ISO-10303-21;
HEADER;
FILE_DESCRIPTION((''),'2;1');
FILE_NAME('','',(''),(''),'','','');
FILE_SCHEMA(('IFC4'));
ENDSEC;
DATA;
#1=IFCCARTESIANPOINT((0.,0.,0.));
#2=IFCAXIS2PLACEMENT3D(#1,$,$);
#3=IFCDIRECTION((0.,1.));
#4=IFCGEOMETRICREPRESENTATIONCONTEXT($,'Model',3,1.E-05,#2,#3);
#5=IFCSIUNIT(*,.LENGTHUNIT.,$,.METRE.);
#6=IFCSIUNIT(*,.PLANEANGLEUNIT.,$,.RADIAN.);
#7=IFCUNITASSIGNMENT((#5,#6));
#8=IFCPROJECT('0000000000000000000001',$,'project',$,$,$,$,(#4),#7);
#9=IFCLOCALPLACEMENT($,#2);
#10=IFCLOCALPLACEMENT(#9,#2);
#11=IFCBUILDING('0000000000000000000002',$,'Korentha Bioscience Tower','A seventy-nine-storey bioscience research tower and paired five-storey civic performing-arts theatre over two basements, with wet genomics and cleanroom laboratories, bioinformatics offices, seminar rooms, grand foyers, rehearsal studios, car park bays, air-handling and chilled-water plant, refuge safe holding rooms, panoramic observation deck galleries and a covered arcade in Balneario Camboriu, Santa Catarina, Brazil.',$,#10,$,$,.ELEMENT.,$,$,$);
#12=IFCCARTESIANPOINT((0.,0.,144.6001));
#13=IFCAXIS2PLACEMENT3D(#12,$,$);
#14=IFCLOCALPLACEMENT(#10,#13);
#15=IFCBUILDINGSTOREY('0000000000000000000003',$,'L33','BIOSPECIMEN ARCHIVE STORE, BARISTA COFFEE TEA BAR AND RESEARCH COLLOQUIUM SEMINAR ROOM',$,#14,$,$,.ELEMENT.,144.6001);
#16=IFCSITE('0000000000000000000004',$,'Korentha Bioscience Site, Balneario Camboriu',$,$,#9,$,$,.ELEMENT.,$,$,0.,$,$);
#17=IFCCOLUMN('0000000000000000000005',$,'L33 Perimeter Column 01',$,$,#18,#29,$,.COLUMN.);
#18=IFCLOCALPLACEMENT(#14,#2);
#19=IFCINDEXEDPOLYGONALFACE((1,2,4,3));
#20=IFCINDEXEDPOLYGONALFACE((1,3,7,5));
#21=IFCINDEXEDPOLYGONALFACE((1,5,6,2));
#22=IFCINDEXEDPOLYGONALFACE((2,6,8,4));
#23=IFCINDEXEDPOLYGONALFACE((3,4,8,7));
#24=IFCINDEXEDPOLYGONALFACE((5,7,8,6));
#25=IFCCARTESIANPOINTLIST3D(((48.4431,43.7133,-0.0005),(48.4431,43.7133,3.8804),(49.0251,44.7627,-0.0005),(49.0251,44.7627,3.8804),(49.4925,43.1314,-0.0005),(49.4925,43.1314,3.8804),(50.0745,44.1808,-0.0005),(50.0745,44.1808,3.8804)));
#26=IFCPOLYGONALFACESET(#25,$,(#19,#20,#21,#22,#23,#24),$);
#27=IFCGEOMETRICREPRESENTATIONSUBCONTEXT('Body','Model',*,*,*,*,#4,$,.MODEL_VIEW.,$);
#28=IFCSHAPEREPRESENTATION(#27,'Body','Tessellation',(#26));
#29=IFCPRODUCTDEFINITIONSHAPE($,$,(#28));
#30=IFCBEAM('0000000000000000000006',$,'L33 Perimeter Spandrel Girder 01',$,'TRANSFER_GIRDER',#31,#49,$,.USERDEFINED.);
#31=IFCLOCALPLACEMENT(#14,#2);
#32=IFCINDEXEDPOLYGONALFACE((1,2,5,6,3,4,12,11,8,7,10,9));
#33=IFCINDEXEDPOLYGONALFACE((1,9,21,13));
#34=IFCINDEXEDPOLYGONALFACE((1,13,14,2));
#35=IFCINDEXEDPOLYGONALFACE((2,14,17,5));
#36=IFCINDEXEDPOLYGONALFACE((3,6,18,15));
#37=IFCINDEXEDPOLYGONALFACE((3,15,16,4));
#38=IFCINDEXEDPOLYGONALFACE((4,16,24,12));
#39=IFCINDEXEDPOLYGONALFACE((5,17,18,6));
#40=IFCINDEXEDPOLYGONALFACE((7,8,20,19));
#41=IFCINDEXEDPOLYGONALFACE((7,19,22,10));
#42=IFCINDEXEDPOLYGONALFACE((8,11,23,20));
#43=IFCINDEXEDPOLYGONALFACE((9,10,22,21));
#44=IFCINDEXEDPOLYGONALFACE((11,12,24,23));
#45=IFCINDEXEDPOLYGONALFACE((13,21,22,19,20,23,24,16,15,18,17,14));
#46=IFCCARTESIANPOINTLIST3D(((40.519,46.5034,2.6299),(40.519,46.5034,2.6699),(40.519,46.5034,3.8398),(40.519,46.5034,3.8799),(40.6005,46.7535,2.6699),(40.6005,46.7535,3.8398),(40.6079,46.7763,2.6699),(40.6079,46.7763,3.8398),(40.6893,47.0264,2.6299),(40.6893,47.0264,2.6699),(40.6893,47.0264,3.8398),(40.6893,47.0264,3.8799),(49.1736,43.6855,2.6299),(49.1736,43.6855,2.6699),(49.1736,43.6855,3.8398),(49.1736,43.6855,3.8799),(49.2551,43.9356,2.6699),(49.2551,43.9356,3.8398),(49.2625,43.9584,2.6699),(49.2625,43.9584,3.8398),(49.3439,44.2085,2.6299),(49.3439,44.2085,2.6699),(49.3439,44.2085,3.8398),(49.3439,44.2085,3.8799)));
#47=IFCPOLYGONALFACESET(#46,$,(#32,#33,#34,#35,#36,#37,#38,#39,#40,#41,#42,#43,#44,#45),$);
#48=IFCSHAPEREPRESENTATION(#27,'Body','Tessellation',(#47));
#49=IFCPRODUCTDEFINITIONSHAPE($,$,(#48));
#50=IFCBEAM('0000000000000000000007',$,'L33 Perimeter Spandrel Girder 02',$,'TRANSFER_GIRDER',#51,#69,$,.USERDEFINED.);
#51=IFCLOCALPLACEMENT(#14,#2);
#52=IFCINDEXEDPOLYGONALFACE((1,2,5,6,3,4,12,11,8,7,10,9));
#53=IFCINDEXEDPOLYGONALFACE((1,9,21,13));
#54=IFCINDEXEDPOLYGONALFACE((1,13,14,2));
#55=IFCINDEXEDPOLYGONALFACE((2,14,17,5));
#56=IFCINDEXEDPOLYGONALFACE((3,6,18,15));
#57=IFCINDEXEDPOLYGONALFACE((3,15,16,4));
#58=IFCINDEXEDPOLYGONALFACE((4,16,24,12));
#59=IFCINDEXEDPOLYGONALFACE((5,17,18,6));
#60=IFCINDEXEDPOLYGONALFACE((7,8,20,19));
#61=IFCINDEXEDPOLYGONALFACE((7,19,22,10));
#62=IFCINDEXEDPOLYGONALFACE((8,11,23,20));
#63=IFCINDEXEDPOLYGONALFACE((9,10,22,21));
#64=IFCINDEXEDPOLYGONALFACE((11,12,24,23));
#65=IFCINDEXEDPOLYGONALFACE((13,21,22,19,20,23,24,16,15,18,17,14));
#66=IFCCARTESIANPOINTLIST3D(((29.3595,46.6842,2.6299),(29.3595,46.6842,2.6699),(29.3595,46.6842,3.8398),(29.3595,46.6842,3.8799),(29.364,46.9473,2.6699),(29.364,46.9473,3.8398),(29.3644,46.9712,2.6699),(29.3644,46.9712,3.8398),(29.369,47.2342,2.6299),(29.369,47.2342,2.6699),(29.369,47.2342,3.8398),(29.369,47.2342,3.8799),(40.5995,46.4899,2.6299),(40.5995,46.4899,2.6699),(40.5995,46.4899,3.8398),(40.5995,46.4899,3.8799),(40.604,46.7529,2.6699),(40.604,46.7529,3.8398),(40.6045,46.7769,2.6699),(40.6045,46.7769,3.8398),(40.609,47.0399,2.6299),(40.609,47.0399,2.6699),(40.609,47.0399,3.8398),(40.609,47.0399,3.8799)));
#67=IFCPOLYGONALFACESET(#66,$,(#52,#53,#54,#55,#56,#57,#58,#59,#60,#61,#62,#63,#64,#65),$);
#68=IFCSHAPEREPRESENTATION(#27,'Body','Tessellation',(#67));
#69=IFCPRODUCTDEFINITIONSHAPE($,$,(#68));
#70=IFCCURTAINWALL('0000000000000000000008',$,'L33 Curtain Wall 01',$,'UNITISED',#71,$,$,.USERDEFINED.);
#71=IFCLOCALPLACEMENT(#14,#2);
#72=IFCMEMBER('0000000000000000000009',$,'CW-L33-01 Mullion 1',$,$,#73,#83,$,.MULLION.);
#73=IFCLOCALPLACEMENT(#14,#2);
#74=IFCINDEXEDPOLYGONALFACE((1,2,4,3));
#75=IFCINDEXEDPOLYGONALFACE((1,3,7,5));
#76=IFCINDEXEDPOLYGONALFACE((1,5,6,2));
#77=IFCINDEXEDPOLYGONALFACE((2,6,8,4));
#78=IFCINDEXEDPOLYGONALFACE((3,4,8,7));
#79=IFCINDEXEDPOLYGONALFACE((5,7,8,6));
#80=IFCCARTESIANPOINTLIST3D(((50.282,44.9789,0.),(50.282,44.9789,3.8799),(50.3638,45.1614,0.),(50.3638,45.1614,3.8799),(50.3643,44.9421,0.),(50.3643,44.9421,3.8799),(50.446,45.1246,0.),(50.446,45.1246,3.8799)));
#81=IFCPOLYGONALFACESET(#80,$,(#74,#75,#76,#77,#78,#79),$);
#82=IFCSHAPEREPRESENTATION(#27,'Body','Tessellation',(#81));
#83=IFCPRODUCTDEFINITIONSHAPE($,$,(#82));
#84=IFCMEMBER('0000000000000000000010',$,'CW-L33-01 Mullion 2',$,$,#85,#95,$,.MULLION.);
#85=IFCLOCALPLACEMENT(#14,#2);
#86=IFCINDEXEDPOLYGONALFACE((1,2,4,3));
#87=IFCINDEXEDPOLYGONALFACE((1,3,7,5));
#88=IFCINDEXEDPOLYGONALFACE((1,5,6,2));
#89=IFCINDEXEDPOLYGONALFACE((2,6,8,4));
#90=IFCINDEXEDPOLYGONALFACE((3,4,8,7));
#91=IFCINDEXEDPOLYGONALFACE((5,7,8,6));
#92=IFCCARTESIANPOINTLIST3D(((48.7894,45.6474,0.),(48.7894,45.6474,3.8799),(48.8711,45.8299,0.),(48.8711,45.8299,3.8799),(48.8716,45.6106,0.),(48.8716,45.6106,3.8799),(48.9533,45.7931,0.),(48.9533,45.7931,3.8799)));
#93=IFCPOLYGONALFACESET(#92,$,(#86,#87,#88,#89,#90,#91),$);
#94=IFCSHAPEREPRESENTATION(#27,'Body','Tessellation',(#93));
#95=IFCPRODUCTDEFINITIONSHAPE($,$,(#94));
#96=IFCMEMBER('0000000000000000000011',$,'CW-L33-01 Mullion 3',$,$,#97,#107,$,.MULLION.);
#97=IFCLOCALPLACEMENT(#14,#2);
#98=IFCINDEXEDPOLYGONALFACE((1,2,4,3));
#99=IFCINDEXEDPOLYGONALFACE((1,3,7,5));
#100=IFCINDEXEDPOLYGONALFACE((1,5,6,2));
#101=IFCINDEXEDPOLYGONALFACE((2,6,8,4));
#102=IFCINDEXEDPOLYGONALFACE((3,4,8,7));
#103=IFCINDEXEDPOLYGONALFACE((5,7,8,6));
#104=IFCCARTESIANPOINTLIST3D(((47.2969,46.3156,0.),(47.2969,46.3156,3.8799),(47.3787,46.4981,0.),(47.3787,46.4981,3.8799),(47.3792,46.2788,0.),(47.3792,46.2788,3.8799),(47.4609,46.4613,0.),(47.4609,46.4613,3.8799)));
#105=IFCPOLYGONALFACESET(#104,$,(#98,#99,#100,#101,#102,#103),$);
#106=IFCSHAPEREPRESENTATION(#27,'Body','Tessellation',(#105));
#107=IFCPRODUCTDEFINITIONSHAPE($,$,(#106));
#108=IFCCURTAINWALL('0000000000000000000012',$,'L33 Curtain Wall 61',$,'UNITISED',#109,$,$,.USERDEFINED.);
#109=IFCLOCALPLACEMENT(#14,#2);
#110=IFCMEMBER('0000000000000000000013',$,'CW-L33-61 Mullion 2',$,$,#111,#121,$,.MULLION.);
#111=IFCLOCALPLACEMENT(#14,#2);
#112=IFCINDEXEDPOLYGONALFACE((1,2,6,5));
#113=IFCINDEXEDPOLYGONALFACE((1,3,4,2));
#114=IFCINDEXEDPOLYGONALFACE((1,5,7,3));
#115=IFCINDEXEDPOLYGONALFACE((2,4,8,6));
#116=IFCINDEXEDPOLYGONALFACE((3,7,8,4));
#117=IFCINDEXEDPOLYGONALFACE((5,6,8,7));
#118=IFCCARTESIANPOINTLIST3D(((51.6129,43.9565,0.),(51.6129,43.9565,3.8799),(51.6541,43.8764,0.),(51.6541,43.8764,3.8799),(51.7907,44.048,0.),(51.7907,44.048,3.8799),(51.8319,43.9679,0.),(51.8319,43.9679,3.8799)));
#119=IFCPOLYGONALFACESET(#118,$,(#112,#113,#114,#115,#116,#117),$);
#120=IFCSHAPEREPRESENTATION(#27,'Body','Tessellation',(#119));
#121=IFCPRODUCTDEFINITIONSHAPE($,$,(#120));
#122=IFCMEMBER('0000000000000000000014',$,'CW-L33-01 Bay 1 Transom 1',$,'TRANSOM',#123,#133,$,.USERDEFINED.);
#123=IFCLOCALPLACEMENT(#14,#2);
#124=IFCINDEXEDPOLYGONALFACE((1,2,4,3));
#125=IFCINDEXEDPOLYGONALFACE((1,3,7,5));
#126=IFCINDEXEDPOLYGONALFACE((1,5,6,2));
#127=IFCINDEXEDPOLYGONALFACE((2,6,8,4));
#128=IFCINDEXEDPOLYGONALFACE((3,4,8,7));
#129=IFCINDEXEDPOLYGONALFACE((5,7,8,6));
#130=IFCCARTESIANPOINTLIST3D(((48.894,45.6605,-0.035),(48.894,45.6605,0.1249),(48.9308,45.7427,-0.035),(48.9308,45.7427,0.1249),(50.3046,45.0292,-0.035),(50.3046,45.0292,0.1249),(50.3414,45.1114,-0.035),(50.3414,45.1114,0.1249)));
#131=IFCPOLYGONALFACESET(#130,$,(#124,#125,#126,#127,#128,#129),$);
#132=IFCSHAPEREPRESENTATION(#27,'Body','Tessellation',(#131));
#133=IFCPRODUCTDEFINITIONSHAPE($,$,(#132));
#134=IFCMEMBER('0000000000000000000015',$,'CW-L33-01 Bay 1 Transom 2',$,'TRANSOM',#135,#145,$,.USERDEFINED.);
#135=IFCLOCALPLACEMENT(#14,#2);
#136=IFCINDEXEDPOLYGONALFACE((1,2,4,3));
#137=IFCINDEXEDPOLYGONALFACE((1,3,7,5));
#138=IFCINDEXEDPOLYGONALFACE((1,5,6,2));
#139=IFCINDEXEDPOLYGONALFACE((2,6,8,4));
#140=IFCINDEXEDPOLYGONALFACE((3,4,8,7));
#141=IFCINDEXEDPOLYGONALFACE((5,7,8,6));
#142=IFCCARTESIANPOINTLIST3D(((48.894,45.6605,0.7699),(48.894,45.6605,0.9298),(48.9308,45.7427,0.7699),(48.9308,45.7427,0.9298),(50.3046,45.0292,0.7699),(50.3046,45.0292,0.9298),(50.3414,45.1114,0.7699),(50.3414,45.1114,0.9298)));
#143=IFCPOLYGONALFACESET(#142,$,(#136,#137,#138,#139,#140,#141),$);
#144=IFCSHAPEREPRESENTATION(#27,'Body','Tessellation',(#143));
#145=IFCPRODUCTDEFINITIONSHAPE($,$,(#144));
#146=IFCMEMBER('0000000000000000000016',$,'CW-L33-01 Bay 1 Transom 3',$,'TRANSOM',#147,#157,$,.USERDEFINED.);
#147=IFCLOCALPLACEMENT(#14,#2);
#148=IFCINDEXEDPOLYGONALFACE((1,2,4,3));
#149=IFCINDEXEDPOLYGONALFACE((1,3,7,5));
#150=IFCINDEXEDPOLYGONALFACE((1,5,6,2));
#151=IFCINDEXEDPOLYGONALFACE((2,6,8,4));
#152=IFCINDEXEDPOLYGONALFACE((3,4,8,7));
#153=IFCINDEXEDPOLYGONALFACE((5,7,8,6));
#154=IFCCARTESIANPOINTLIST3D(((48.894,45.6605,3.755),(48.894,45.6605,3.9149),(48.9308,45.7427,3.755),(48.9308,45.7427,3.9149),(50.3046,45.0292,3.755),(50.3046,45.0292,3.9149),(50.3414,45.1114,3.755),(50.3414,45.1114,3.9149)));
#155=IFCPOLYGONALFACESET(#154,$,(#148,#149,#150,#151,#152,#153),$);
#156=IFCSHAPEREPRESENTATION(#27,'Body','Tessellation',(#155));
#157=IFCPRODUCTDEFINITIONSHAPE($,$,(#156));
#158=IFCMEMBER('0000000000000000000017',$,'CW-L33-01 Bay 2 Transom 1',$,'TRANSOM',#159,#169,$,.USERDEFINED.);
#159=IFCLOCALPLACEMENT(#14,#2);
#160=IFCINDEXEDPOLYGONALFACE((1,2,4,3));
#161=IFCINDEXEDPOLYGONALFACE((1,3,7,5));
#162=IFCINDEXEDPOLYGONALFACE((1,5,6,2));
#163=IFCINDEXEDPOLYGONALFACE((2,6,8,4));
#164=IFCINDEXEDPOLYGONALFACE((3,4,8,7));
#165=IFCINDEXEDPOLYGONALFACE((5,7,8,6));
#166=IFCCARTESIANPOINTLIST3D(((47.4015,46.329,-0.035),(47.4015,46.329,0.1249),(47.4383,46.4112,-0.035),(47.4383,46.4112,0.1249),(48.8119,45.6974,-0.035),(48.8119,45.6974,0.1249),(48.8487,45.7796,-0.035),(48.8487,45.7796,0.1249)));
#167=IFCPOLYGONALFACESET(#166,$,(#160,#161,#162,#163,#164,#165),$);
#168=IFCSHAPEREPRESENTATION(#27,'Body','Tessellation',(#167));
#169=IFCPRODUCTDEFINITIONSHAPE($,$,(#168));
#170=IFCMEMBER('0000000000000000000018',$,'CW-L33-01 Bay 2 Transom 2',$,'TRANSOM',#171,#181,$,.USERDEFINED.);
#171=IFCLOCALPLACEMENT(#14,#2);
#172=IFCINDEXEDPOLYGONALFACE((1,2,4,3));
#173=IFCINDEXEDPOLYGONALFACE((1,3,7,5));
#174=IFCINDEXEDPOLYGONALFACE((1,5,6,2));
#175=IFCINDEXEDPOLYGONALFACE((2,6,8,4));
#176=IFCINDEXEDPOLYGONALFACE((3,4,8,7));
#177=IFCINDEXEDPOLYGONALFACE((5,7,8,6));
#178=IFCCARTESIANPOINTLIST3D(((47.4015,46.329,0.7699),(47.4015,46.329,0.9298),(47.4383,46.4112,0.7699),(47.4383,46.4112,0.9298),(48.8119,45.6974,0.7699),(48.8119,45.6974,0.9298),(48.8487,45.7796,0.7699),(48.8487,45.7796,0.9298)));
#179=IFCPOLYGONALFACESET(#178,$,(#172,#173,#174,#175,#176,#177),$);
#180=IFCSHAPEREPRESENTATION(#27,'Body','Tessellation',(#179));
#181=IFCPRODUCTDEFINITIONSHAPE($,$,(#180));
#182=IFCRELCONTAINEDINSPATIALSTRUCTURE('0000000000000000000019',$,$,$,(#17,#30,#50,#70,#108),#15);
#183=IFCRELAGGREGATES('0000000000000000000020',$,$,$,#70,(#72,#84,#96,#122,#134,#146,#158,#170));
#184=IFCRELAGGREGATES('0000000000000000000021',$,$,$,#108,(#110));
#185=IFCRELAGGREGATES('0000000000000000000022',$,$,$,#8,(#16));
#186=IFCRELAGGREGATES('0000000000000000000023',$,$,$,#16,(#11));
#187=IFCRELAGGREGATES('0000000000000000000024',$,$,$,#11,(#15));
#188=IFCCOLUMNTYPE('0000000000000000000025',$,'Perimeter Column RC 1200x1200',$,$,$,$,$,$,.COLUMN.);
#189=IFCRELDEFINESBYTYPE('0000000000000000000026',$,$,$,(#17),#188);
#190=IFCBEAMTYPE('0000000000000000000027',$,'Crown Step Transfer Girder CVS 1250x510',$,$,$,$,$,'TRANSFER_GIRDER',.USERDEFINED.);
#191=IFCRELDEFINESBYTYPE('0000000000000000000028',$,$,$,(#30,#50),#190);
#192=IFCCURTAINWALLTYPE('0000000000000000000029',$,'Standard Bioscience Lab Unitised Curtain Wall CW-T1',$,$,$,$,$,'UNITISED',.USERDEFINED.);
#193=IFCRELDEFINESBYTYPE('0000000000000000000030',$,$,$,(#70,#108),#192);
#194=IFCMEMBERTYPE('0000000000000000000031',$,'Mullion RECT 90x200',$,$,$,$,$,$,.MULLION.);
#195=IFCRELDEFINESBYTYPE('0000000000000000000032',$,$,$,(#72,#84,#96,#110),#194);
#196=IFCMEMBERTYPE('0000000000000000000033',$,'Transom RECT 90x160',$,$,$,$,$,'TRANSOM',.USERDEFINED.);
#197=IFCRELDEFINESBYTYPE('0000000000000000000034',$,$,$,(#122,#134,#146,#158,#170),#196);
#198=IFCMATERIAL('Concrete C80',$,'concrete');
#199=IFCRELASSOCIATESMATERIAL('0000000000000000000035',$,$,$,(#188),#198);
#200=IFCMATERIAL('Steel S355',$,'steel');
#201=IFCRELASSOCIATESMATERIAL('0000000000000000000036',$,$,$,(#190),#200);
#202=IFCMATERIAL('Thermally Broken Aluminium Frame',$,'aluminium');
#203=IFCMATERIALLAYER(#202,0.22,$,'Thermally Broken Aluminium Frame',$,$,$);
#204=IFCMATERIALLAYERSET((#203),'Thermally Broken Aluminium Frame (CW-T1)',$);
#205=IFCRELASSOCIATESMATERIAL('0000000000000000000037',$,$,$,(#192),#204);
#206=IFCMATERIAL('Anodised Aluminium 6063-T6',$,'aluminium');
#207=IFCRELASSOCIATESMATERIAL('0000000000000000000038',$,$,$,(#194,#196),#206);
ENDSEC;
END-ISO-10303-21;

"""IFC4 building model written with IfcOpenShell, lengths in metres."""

from ifc_helpers import new_model, si_unit, direction, frame, origin, origin_2d, place, context, subcontext, project, spatial, rectangle, i_section, extrude, material, layer, layer_set, material_profile, profile_set, type_object, element, aggregate, save


model = new_model("IFC4")

# Units and contexts
model_context = context("Model", 3, precision=1e-05, world=origin(), true_north=direction((0.0, 1.0)))
body_context = subcontext(model_context, "Body", "Model", "MODEL_VIEW")
ifc_project = project(units=[si_unit("LENGTHUNIT", "METRE"), si_unit("PLANEANGLEUNIT", "RADIAN")], contexts=[model_context])

# Site, building, storey
site_placement = place(None, origin())
site = spatial("IfcSite", under=ifc_project, at=site_placement, Name="Korentha Bioscience Site, Balneario Camboriu", CompositionType="ELEMENT", RefElevation=0.0)
building_placement = place(site_placement, origin())
building = spatial("IfcBuilding", under=site, at=building_placement, Name="Korentha Bioscience Tower", Description="A seventy-nine-storey bioscience research tower and paired five-storey civic performing-arts theatre over two basements, with wet genomics and cleanroom laboratories, bioinformatics offices, seminar rooms, grand foyers, rehearsal studios, car park bays, air-handling and chilled-water plant, refuge safe holding rooms, panoramic observation deck galleries and a covered arcade in Balneario Camboriu, Santa Catarina, Brazil.", CompositionType="ELEMENT")
storey_placement = place(building_placement, frame((0.0, 0.0, 144.6001)))
storey = spatial("IfcBuildingStorey", under=building, at=storey_placement, Name="L33", Description="BIOSPECIMEN ARCHIVE STORE, BARISTA COFFEE TEA BAR AND RESEARCH COLLOQUIUM SEMINAR ROOM", CompositionType="ELEMENT", Elevation=144.6001)

# Column
ifc_material_1 = material(Name="Concrete C80", Category="concrete")
ifc_material_profile_1 = material_profile(ifc_material_1, rectangle(XDim=1.2, YDim=1.2, at=origin_2d()), Name="Concrete C80")
ifc_profile_set_1 = profile_set([ifc_material_profile_1], Name="Concrete C80 (COL-P12)")
column_type = type_object("IfcColumnType", Name="Perimeter Column RC 1200x1200", PredefinedType="COLUMN", material=ifc_profile_set_1)
column_placement = place(storey_placement, frame((49.2588, 43.947, -0.0005), z_axis=(0.0, 0.0, 1.0), x_axis=(-0.874535, 0.484962, 0.0)))
element("IfcColumn", 1, at=column_placement, inside=storey, type_object=column_type, Name="L33 Perimeter Column 01", PredefinedType="COLUMN", context=body_context, shape_type="SweptSolid", body=[
    extrude(rectangle(XDim=1.2, YDim=1.2, at=origin_2d()), origin(), (0.0, 0.0, 1.0), 3.8809),
])

# Beams
ifc_material_2 = material(Name="Steel S355", Category="steel")
ifc_material_profile_2 = material_profile(ifc_material_2, i_section(OverallWidth=0.55, OverallDepth=1.25, WebThickness=0.0239, FlangeThickness=0.04, at=origin_2d()), Name="Steel S355")
ifc_profile_set_2 = profile_set([ifc_material_profile_2], Name="Steel S355 (TG-03)")
beam_type = type_object("IfcBeamType", Name="Crown Step Transfer Girder CVS 1250x510", ElementType="TRANSFER_GIRDER", PredefinedType="USERDEFINED", material=ifc_profile_set_2)
beam_1_placement = place(storey_placement, frame((49.2588, 43.947, 3.2549), z_axis=(-0.950868, 0.309597, 0.0), x_axis=(-0.309597, -0.950868, 0.0)))
element("IfcBeam", 2, at=beam_1_placement, inside=storey, type_object=beam_type, Name="L33 Perimeter Spandrel Girder 01", ObjectType="TRANSFER_GIRDER", PredefinedType="USERDEFINED", context=body_context, shape_type="SweptSolid", body=[
    extrude(i_section(OverallWidth=0.55, OverallDepth=1.25, WebThickness=0.0239, FlangeThickness=0.04, at=origin_2d()), origin(), (0.0, 0.0, 1.0), 9.1018),
])
beam_2_placement = place(storey_placement, frame((40.6042, 46.7649, 3.2549), z_axis=(-0.999851, 0.017287, 0.0), x_axis=(-0.017287, -0.999851, 0.0)))
element("IfcBeam", 3, at=beam_2_placement, inside=storey, type_object=beam_type, Name="L33 Perimeter Spandrel Girder 02", ObjectType="TRANSFER_GIRDER", PredefinedType="USERDEFINED", context=body_context, shape_type="SweptSolid", body=[
    extrude(i_section(OverallWidth=0.55, OverallDepth=1.25, WebThickness=0.0239, FlangeThickness=0.04, at=origin_2d()), origin(), (0.0, 0.0, 1.0), 11.2417),
])

# Curtain wall, members
ifc_material_3 = material(Name="Thermally Broken Aluminium Frame", Category="aluminium")
ifc_layer_1 = layer(ifc_material_3, 0.22, Name="Thermally Broken Aluminium Frame")
ifc_layer_set_1 = layer_set([ifc_layer_1], Name="Thermally Broken Aluminium Frame (CW-T1)")
curtain_wall_type = type_object("IfcCurtainWallType", Name="Standard Bioscience Lab Unitised Curtain Wall CW-T1", ElementType="UNITISED", PredefinedType="USERDEFINED", material=ifc_layer_set_1)
curtain_wall_1_placement = place(storey_placement, origin())
curtain_wall_1 = element("IfcCurtainWall", 4, at=curtain_wall_1_placement, inside=storey, type_object=curtain_wall_type, Name="L33 Curtain Wall 01", ObjectType="UNITISED", PredefinedType="USERDEFINED")
ifc_material_4 = material(Name="Anodised Aluminium 6063-T6", Category="aluminium")
ifc_material_profile_3 = material_profile(ifc_material_4, rectangle(XDim=0.0901, YDim=0.2, at=origin_2d()), Name="Anodised Aluminium 6063-T6")
ifc_profile_set_3 = profile_set([ifc_material_profile_3], Name="Anodised Aluminium 6063-T6 (CW-MUL)")
member_type_1 = type_object("IfcMemberType", Name="Mullion RECT 90x200", PredefinedType="MULLION", material=ifc_profile_set_3)
member_1_placement = place(storey_placement, frame((50.364, 45.0518, 0.0), z_axis=(0.0, 0.0, 1.0), x_axis=(-0.912687, 0.40866, 0.0)))
member_1 = element("IfcMember", 5, at=member_1_placement, type_object=member_type_1, Name="CW-L33-01 Mullion 1", PredefinedType="MULLION", context=body_context, shape_type="SweptSolid", body=[
    extrude(rectangle(XDim=0.0901, YDim=0.2, at=origin_2d()), origin(), (0.0, 0.0, 1.0), 3.8799),
])
member_2_placement = place(storey_placement, frame((48.8713, 45.7202, 0.0), z_axis=(0.0, 0.0, 1.0), x_axis=(-0.912687, 0.40866, 0.0)))
member_2 = element("IfcMember", 6, at=member_2_placement, type_object=member_type_1, Name="CW-L33-01 Mullion 2", PredefinedType="MULLION", context=body_context, shape_type="SweptSolid", body=[
    extrude(rectangle(XDim=0.0901, YDim=0.2, at=origin_2d()), origin(), (0.0, 0.0, 1.0), 3.8799),
])
member_3_placement = place(storey_placement, frame((47.3789, 46.3884, 0.0), z_axis=(0.0, 0.0, 1.0), x_axis=(-0.912687, 0.40866, 0.0)))
member_3 = element("IfcMember", 7, at=member_3_placement, type_object=member_type_1, Name="CW-L33-01 Mullion 3", PredefinedType="MULLION", context=body_context, shape_type="SweptSolid", body=[
    extrude(rectangle(XDim=0.0901, YDim=0.2, at=origin_2d()), origin(), (0.0, 0.0, 1.0), 3.8799),
])

# Curtain wall, member
curtain_wall_2_placement = place(storey_placement, origin())
curtain_wall_2 = element("IfcCurtainWall", 8, at=curtain_wall_2_placement, inside=storey, type_object=curtain_wall_type, Name="L33 Curtain Wall 61", ObjectType="UNITISED", PredefinedType="USERDEFINED")
member_4_placement = place(storey_placement, frame((51.7224, 43.9622, 0.0), z_axis=(0.0, 0.0, 1.0), x_axis=(-0.457613, 0.889151, 0.0)))
member_4 = element("IfcMember", 9, at=member_4_placement, type_object=member_type_1, Name="CW-L33-61 Mullion 2", PredefinedType="MULLION", context=body_context, shape_type="SweptSolid", body=[
    extrude(rectangle(XDim=0.0901, YDim=0.2, at=origin_2d()), origin(), (0.0, 0.0, 1.0), 3.8799),
])

# Members
ifc_material_profile_4 = material_profile(ifc_material_4, rectangle(XDim=0.0901, YDim=0.1599, at=origin_2d()), Name="Anodised Aluminium 6063-T6")
ifc_profile_set_4 = profile_set([ifc_material_profile_4], Name="Anodised Aluminium 6063-T6 (CW-TRN)")
member_type_2 = type_object("IfcMemberType", Name="Transom RECT 90x160", ElementType="TRANSOM", PredefinedType="USERDEFINED", material=ifc_profile_set_4)
member_5_placement = place(storey_placement, frame((50.323, 45.0703, 0.0449), z_axis=(-0.912753, 0.408512, 0.0), x_axis=(-0.408512, -0.912753, 0.0)))
member_5 = element("IfcMember", 10, at=member_5_placement, type_object=member_type_2, Name="CW-L33-01 Bay 1 Transom 1", ObjectType="TRANSOM", PredefinedType="USERDEFINED", context=body_context, shape_type="SweptSolid", body=[
    extrude(rectangle(XDim=0.0901, YDim=0.1599, at=origin_2d()), origin(), (0.0, 0.0, 1.0), 1.5454),
])
member_6_placement = place(storey_placement, frame((50.323, 45.0703, 0.8499), z_axis=(-0.912753, 0.408512, 0.0), x_axis=(-0.408512, -0.912753, 0.0)))
member_6 = element("IfcMember", 11, at=member_6_placement, type_object=member_type_2, Name="CW-L33-01 Bay 1 Transom 2", ObjectType="TRANSOM", PredefinedType="USERDEFINED", context=body_context, shape_type="SweptSolid", body=[
    extrude(rectangle(XDim=0.0901, YDim=0.1599, at=origin_2d()), origin(), (0.0, 0.0, 1.0), 1.5454),
])
member_7_placement = place(storey_placement, frame((50.323, 45.0703, 3.835), z_axis=(-0.912753, 0.408512, 0.0), x_axis=(-0.408512, -0.912753, 0.0)))
member_7 = element("IfcMember", 12, at=member_7_placement, type_object=member_type_2, Name="CW-L33-01 Bay 1 Transom 3", ObjectType="TRANSOM", PredefinedType="USERDEFINED", context=body_context, shape_type="SweptSolid", body=[
    extrude(rectangle(XDim=0.0901, YDim=0.1599, at=origin_2d()), origin(), (0.0, 0.0, 1.0), 1.5454),
])
member_8_placement = place(storey_placement, frame((48.8303, 45.7385, 0.0449), z_axis=(-0.912668, 0.408702, 0.0), x_axis=(-0.408702, -0.912668, 0.0)))
member_8 = element("IfcMember", 13, at=member_8_placement, type_object=member_type_2, Name="CW-L33-01 Bay 2 Transom 1", ObjectType="TRANSOM", PredefinedType="USERDEFINED", context=body_context, shape_type="SweptSolid", body=[
    extrude(rectangle(XDim=0.0901, YDim=0.1599, at=origin_2d()), origin(), (0.0, 0.0, 1.0), 1.5454),
])
member_9_placement = place(storey_placement, frame((48.8303, 45.7385, 0.8499), z_axis=(-0.912668, 0.408702, 0.0), x_axis=(-0.408702, -0.912668, 0.0)))
member_9 = element("IfcMember", 14, at=member_9_placement, type_object=member_type_2, Name="CW-L33-01 Bay 2 Transom 2", ObjectType="TRANSOM", PredefinedType="USERDEFINED", context=body_context, shape_type="SweptSolid", body=[
    extrude(rectangle(XDim=0.0901, YDim=0.1599, at=origin_2d()), origin(), (0.0, 0.0, 1.0), 1.5454),
])

aggregate(curtain_wall_1, [member_1, member_2, member_3, member_5, member_6, member_7, member_8, member_9])
aggregate(curtain_wall_2, [member_4])

save(model, "model.ifc")
